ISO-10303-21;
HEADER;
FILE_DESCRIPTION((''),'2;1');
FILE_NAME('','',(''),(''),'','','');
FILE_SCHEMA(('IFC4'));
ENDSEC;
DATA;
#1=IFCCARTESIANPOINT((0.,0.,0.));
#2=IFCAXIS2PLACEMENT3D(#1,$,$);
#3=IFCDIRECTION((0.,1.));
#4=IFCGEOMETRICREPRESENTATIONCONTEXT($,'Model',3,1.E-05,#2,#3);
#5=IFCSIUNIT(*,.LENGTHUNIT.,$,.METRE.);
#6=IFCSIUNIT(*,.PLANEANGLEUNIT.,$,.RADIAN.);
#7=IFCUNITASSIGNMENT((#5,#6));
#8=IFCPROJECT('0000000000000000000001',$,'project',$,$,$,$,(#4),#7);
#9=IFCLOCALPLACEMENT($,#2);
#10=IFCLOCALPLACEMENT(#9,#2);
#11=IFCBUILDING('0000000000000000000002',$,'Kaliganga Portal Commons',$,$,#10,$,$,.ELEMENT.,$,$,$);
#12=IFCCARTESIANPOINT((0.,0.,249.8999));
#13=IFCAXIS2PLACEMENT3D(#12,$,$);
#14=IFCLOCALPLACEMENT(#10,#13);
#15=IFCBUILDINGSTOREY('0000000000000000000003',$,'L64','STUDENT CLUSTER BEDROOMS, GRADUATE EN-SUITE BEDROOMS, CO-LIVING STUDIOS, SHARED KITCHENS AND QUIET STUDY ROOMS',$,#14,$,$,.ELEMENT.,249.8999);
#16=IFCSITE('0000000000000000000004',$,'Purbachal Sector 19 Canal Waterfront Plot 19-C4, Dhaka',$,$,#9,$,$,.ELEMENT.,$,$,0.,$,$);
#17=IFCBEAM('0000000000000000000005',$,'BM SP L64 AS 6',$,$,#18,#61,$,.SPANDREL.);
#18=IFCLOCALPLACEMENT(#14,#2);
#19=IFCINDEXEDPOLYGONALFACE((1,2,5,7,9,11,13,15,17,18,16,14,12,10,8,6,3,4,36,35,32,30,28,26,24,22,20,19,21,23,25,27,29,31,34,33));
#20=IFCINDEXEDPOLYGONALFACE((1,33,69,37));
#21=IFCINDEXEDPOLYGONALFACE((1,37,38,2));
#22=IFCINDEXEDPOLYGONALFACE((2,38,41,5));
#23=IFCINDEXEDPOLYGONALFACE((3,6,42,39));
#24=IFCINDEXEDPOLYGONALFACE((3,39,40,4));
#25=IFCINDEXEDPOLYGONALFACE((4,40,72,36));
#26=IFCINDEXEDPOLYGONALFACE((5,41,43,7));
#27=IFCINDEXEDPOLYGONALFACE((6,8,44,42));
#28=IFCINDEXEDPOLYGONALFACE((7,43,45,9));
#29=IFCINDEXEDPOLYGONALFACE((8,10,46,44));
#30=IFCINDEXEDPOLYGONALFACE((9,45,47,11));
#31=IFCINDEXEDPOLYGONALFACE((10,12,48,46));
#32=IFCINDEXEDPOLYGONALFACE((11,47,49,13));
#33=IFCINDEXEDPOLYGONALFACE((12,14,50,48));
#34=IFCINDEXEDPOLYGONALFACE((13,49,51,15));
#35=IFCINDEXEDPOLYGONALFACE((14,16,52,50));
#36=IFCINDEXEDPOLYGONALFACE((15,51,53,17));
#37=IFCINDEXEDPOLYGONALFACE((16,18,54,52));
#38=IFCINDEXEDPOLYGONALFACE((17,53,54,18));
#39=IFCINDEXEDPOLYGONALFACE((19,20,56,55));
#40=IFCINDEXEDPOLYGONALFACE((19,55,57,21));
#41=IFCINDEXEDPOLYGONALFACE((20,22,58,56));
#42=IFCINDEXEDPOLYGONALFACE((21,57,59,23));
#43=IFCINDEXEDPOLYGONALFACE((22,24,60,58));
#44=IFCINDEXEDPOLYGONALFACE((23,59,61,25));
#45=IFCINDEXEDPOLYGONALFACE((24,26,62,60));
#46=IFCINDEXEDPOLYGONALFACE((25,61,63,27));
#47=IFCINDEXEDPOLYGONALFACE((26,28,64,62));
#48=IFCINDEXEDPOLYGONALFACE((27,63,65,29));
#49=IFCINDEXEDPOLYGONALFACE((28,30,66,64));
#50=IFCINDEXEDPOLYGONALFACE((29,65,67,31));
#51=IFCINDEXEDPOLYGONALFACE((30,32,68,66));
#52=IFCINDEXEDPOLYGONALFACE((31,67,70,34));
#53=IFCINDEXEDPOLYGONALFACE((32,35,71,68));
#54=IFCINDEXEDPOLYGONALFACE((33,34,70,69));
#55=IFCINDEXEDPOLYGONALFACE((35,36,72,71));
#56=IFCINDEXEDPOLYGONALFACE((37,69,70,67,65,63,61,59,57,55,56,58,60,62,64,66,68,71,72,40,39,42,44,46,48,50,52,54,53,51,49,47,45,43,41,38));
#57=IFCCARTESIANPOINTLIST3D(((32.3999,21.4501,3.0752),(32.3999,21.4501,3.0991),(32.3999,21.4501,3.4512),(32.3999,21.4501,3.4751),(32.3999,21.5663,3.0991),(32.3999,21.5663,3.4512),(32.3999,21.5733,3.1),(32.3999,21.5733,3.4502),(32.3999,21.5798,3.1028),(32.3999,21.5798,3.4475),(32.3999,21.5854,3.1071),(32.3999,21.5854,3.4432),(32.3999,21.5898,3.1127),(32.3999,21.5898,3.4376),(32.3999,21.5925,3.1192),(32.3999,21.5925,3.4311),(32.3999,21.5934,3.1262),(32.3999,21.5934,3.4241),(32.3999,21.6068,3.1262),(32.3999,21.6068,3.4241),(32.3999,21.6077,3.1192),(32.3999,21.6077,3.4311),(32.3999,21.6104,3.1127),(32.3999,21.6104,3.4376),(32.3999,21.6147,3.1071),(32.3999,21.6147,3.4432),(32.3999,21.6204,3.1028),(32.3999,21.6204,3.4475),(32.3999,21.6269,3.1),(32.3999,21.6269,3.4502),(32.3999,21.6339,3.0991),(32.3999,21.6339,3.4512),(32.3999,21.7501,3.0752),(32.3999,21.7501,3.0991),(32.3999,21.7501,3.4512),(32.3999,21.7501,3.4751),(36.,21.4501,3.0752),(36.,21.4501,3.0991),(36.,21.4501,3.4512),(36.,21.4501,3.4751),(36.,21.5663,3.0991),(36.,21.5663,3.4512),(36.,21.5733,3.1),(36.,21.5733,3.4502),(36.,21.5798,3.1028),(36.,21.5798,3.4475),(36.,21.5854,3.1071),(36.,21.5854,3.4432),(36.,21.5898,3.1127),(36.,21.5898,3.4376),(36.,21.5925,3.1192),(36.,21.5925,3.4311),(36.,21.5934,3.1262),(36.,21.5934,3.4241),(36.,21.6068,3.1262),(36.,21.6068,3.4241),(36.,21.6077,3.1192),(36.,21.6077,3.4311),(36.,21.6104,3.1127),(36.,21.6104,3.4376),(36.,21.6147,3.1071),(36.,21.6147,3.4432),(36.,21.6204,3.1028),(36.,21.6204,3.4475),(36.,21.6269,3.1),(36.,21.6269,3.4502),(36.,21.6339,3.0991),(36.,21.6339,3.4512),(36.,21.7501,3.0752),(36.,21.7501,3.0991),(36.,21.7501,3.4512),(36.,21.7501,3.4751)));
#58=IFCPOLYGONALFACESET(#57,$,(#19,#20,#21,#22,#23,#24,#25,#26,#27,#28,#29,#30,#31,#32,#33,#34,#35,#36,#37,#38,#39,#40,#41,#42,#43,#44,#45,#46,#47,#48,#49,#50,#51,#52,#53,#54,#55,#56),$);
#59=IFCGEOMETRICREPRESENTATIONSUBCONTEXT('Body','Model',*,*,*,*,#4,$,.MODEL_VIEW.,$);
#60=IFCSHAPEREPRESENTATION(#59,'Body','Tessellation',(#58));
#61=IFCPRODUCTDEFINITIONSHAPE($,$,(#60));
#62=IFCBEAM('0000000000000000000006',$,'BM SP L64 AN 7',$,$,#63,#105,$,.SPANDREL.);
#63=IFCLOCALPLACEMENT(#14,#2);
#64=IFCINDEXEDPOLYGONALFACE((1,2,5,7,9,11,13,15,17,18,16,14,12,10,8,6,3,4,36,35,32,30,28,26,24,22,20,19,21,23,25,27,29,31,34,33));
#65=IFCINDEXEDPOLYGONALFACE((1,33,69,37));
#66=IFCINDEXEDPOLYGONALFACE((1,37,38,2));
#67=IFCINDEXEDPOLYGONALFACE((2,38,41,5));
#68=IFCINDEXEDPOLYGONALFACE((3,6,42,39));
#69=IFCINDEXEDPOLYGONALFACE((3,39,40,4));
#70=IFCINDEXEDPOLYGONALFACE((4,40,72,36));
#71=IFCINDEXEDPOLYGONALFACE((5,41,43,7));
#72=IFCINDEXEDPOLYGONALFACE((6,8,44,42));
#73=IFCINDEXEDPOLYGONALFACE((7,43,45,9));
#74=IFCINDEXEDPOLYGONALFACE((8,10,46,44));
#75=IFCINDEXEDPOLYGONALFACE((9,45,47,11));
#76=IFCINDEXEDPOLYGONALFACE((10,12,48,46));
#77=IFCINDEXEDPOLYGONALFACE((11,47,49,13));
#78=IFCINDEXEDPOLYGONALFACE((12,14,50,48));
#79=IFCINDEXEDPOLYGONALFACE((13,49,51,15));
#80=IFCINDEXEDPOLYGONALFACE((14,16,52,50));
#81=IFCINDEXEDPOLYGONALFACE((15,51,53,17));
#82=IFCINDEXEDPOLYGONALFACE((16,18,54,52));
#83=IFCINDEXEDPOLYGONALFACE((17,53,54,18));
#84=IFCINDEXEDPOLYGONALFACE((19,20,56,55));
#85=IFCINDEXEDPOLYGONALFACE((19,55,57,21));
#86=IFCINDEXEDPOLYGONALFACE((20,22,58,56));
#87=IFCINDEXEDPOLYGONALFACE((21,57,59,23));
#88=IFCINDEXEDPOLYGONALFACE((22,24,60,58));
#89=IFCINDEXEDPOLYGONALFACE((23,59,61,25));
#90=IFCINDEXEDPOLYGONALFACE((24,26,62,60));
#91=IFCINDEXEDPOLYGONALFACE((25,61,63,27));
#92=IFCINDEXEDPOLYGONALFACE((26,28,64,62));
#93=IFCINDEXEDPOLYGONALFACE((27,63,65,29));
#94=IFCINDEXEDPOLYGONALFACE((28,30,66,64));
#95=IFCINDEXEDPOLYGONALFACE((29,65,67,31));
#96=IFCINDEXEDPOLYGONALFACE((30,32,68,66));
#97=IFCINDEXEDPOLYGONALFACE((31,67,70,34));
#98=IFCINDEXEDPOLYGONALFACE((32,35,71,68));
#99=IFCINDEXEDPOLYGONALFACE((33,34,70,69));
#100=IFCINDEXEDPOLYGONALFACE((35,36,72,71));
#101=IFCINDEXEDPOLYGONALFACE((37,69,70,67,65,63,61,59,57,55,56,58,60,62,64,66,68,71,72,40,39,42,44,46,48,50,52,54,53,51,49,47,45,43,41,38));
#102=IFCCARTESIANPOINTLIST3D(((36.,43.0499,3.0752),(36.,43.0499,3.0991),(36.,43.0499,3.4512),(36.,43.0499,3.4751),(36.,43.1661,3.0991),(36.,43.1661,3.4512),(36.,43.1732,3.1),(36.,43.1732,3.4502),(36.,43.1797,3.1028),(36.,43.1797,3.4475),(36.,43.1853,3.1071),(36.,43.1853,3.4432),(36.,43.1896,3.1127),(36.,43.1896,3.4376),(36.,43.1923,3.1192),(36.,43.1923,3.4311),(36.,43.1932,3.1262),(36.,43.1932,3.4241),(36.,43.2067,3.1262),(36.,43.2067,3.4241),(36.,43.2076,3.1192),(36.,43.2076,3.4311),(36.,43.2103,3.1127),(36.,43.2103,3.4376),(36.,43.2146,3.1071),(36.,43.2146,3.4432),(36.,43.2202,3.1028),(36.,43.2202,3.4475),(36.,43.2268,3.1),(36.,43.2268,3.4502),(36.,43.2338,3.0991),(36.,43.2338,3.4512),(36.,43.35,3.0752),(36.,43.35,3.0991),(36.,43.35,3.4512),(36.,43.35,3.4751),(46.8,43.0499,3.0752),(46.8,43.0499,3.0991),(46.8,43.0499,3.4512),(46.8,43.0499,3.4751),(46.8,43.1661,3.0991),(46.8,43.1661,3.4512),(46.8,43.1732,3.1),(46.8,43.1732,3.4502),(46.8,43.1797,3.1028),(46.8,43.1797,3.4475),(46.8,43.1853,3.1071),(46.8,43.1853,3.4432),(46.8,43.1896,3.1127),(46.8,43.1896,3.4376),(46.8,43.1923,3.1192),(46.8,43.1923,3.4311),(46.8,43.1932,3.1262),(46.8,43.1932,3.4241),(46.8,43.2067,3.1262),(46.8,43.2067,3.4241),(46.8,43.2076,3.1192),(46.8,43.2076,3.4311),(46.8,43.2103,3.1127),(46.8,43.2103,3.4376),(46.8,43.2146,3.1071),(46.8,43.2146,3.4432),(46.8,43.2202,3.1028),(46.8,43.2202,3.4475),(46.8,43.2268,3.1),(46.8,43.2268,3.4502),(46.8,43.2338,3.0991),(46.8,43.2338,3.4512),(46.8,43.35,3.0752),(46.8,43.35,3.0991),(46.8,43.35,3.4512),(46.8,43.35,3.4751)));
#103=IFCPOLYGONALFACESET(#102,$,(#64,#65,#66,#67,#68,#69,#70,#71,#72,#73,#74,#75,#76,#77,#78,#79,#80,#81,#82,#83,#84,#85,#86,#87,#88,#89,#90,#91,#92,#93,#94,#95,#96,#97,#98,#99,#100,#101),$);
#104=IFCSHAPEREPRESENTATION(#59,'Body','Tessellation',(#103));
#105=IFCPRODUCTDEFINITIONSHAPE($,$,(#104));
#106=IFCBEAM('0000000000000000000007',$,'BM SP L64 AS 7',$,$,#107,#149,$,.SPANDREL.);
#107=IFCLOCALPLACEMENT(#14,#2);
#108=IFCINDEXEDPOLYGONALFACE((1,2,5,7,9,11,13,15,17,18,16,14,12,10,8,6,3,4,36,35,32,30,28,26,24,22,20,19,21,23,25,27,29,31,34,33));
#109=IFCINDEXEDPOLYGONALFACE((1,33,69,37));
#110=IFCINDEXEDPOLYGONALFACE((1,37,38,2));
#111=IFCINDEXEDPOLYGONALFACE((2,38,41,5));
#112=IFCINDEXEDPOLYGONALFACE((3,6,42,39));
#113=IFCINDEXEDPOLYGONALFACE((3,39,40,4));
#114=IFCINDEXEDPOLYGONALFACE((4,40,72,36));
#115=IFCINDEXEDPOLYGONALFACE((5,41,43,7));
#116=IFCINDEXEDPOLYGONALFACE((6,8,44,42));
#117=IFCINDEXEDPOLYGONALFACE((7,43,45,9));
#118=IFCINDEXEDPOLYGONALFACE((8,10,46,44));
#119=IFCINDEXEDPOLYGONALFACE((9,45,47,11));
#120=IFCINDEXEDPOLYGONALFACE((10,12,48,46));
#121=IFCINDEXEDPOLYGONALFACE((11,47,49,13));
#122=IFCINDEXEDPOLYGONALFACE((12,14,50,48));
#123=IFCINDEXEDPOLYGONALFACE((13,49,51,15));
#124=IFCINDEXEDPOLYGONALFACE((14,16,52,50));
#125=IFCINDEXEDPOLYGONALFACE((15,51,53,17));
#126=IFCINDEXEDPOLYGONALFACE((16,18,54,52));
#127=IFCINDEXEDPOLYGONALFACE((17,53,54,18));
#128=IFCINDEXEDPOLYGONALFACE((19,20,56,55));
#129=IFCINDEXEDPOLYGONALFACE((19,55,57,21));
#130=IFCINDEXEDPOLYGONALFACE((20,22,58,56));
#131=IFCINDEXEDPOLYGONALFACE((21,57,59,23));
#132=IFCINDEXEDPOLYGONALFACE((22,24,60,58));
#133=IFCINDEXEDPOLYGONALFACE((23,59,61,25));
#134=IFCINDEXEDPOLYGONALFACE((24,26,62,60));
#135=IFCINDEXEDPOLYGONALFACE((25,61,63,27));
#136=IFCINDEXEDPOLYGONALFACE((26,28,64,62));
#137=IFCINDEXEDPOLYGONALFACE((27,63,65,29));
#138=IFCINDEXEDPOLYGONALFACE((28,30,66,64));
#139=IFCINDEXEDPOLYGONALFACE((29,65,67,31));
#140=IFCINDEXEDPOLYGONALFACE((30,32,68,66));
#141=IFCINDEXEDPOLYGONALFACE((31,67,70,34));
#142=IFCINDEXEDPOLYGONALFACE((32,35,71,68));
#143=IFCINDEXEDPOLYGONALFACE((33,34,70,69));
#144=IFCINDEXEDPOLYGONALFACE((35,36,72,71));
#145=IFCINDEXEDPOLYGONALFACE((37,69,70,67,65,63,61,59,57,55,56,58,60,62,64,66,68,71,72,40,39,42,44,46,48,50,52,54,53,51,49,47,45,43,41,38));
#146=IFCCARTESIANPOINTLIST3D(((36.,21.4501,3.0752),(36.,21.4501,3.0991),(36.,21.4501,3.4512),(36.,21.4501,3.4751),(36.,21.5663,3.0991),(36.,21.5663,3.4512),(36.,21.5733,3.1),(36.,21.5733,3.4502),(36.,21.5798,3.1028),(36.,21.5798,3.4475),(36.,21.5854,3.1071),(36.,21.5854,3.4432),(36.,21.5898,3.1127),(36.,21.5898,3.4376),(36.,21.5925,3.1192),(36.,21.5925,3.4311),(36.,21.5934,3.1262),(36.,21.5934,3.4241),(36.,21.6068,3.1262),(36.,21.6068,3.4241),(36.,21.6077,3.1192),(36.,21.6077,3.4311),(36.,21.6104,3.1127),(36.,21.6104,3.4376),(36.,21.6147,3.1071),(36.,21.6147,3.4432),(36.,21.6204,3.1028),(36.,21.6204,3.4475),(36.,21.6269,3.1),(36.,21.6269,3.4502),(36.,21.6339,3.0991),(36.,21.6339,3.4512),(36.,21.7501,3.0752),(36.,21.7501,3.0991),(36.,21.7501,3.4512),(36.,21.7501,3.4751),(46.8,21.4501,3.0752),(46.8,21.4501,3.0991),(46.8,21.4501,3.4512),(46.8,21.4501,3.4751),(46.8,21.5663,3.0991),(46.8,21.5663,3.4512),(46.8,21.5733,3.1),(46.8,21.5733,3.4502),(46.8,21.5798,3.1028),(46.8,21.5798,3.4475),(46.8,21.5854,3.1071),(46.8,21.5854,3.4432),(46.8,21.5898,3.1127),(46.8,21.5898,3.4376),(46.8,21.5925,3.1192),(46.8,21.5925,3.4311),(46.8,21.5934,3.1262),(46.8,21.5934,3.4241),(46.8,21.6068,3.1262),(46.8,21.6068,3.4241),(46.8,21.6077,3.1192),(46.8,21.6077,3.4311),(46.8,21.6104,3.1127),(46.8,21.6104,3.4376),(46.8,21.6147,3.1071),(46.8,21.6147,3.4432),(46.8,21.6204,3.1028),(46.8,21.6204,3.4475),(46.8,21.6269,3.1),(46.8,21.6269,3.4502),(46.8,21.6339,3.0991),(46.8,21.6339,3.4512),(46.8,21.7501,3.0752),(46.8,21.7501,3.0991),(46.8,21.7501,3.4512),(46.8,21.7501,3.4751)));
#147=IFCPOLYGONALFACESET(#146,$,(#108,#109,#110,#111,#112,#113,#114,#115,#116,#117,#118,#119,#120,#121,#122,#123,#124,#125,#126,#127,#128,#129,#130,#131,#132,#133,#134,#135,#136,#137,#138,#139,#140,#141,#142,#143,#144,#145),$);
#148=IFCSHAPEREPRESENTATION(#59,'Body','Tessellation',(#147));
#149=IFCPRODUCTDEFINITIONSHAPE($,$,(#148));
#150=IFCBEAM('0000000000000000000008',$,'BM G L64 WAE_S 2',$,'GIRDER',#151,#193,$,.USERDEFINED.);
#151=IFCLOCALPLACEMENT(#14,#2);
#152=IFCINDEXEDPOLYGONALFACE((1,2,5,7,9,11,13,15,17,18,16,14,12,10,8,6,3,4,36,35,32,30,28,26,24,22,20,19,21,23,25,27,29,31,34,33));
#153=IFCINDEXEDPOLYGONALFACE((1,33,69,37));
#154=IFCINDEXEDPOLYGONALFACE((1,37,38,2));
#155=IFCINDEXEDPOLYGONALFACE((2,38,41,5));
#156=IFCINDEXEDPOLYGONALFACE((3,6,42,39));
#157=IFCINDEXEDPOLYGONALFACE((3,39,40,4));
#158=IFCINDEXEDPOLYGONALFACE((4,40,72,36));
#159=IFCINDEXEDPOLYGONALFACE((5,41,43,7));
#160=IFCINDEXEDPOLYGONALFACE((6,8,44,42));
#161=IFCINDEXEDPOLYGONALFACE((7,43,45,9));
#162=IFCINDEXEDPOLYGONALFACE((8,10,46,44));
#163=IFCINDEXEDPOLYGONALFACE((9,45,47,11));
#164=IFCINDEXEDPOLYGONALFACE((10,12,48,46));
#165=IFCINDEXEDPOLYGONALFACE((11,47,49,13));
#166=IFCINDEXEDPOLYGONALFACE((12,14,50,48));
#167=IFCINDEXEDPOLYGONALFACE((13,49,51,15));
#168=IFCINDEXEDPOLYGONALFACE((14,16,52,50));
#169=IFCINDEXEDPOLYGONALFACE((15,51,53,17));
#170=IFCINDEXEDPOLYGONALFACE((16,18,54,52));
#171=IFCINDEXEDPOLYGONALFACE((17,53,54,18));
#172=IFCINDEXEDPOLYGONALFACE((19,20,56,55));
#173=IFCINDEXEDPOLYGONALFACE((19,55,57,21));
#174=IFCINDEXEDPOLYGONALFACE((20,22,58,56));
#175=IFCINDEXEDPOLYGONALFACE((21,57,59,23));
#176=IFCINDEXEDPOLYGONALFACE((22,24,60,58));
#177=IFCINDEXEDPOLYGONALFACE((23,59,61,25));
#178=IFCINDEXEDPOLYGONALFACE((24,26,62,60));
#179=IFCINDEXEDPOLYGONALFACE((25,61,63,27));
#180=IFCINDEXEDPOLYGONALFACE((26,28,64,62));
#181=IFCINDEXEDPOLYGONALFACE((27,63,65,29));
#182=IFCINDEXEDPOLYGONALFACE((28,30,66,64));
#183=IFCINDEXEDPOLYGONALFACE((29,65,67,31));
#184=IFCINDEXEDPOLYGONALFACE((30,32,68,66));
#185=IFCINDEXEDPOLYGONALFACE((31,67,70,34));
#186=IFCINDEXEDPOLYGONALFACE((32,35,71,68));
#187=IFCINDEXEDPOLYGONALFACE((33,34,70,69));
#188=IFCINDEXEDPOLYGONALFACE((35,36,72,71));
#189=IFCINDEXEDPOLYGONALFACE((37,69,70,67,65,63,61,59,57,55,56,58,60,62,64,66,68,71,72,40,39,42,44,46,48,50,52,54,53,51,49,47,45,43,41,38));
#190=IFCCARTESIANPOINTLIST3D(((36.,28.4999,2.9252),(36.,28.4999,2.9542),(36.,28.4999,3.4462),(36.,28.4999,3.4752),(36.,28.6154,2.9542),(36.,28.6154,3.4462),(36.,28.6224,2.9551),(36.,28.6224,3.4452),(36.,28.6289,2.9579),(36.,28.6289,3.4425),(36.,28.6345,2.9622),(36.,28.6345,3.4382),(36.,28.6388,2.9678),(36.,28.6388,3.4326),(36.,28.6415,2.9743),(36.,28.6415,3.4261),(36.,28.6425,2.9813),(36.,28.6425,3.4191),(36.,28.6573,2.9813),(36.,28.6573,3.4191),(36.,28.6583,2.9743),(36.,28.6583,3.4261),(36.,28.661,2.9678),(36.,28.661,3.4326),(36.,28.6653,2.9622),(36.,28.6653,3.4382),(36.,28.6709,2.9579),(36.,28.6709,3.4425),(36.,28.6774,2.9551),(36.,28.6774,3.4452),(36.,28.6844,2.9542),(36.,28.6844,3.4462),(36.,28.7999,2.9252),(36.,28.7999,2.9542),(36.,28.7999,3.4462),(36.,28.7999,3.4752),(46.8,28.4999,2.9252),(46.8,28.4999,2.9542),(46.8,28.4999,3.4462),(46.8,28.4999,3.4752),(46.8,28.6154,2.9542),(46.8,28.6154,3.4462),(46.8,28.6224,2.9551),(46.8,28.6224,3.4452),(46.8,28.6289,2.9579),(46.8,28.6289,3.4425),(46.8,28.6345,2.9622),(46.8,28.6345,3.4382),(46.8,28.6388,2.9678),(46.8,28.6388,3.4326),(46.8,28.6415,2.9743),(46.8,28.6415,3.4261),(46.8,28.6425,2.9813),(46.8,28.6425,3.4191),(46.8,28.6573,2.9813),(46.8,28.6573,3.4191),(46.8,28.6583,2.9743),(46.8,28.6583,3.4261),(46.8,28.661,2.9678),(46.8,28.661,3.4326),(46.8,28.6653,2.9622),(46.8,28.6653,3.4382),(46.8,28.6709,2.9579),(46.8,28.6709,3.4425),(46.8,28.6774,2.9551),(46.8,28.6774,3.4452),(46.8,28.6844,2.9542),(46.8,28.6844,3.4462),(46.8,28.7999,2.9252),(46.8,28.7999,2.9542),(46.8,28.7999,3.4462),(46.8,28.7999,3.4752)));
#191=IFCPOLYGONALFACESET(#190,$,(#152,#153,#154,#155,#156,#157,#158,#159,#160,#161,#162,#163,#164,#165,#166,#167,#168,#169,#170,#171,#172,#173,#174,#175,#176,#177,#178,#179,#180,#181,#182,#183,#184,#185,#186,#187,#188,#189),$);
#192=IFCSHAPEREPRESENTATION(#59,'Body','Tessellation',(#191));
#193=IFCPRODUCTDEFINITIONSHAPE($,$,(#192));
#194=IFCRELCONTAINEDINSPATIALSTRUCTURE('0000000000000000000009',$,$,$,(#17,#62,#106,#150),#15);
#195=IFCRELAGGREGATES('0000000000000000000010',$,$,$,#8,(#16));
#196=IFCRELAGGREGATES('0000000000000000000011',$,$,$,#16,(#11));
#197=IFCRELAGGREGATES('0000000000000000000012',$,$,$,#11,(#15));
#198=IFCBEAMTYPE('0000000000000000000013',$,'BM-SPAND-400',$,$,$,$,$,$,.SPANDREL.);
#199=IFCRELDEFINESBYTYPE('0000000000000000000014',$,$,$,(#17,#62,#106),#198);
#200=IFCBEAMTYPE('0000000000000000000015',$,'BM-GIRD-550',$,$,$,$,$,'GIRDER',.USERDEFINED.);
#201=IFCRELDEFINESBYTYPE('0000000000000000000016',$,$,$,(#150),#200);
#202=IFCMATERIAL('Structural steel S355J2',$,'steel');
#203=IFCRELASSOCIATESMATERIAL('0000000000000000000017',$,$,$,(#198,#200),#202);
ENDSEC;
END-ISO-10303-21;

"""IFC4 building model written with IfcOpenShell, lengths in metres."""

from ifc_helpers import new_model, si_unit, direction, frame, origin, origin_2d, place, context, subcontext, project, spatial, i_section, extrude, source, transform, mapped, material, material_profile, profile_set, type_object, element, save


model = new_model("IFC4")

# Units and contexts
model_context = context("Model", 3, precision=1e-05, world=origin(), true_north=direction((0.0, 1.0)))
body_context = subcontext(model_context, "Body", "Model", "MODEL_VIEW")
ifc_project = project(units=[si_unit("LENGTHUNIT", "METRE"), si_unit("PLANEANGLEUNIT", "RADIAN")], contexts=[model_context])

# Site, building, storey
site_placement = place(None, origin())
site = spatial("IfcSite", under=ifc_project, at=site_placement, Name="Purbachal Sector 19 Canal Waterfront Plot 19-C4, Dhaka", CompositionType="ELEMENT", RefElevation=0.0)
building_placement = place(site_placement, origin())
building = spatial("IfcBuilding", under=site, at=building_placement, Name="Kaliganga Portal Commons", CompositionType="ELEMENT")
storey_placement = place(building_placement, frame((0.0, 0.0, 249.8999)))
storey = spatial("IfcBuildingStorey", under=building, at=storey_placement, Name="L64", Description="STUDENT CLUSTER BEDROOMS, GRADUATE EN-SUITE BEDROOMS, CO-LIVING STUDIOS, SHARED KITCHENS AND QUIET STUDY ROOMS", CompositionType="ELEMENT", Elevation=249.8999)

# Shared definitions
ifc_material_1 = material(Name="Structural steel S355J2", Category="steel")

# Beams
ifc_material_profile_1 = material_profile(ifc_material_1, i_section(OverallWidth=0.3, OverallDepth=0.3999, WebThickness=0.0134, FlangeThickness=0.0239, FilletRadius=0.0271, at=origin_2d()), Name="HE 400 B")
ifc_profile_set_1 = profile_set([ifc_material_profile_1], Name="Structural steel S355J2 wide-flange")
beam_type_1 = type_object("IfcBeamType", Name="BM-SPAND-400", PredefinedType="SPANDREL", material=ifc_profile_set_1)
shared_shape_1 = source(origin(), body_context, "Body", "SweptSolid", [
    extrude(i_section(OverallWidth=0.3, OverallDepth=0.3999, WebThickness=0.0134, FlangeThickness=0.0239, FilletRadius=0.0271, at=origin_2d()), origin(), (0.0, 0.0, 1.0), 3.6001),
])
for number, where, z_axis, x_axis, name in (
    (1, (32.3999, 21.6001, 3.2751), (1.0, 0.0, 0.0), (0.0, 1.0, 0.0), "BM SP L64 AS 6"),
):
    element("IfcBeam", number, at=place(storey_placement, frame(where, z_axis=z_axis, x_axis=x_axis)), inside=storey, type_object=beam_type_1, Name=name, PredefinedType="SPANDREL", context=body_context, shape_type="MappedRepresentation", body=[
        mapped(shared_shape_1, transform((0.0, 0.0, 0.0), x_axis=(1.0, 0.0, 0.0), y_axis=(0.0, 1.0, 0.0), z_axis=(0.0, 0.0, 1.0), scale=1.0)),
    ])
shared_shape_2 = source(origin(), body_context, "Body", "SweptSolid", [
    extrude(i_section(OverallWidth=0.3, OverallDepth=0.3999, WebThickness=0.0134, FlangeThickness=0.0239, FilletRadius=0.0271, at=origin_2d()), origin(), (0.0, 0.0, 1.0), 10.8),
])
for number, where, z_axis, x_axis, name in (
    (2, (36.0, 43.2, 3.2751), (1.0, 0.0, 0.0), (0.0, 1.0, 0.0), "BM SP L64 AN 7"),
    (3, (36.0, 21.6001, 3.2751), (1.0, 0.0, 0.0), (0.0, 1.0, 0.0), "BM SP L64 AS 7"),
):
    element("IfcBeam", number, at=place(storey_placement, frame(where, z_axis=z_axis, x_axis=x_axis)), inside=storey, type_object=beam_type_1, Name=name, PredefinedType="SPANDREL", context=body_context, shape_type="MappedRepresentation", body=[
        mapped(shared_shape_2, transform((0.0, 0.0, 0.0), x_axis=(1.0, 0.0, 0.0), y_axis=(0.0, 1.0, 0.0), z_axis=(0.0, 0.0, 1.0), scale=1.0)),
    ])
ifc_material_profile_2 = material_profile(ifc_material_1, i_section(OverallWidth=0.3, OverallDepth=0.55, WebThickness=0.0149, FlangeThickness=0.0291, FilletRadius=0.0271, at=origin_2d()), Name="HE 550 B")
ifc_profile_set_2 = profile_set([ifc_material_profile_2], Name="Structural steel S355J2 wide-flange")
beam_type_2 = type_object("IfcBeamType", Name="BM-GIRD-550", ElementType="GIRDER", PredefinedType="USERDEFINED", material=ifc_profile_set_2)
shared_shape_3 = source(origin(), body_context, "Body", "SweptSolid", [
    extrude(i_section(OverallWidth=0.3, OverallDepth=0.55, WebThickness=0.0149, FlangeThickness=0.0291, FilletRadius=0.0271, at=origin_2d()), origin(), (0.0, 0.0, 1.0), 10.8),
])
for number, where, z_axis, x_axis, name in (
    (4, (36.0, 28.6499, 3.2002), (1.0, 0.0, 0.0), (0.0, 1.0, 0.0), "BM G L64 WAE_S 2"),
):
    element("IfcBeam", number, at=place(storey_placement, frame(where, z_axis=z_axis, x_axis=x_axis)), inside=storey, type_object=beam_type_2, Name=name, ObjectType="GIRDER", PredefinedType="USERDEFINED", context=body_context, shape_type="MappedRepresentation", body=[
        mapped(shared_shape_3, transform((0.0, 0.0, 0.0), x_axis=(1.0, 0.0, 0.0), y_axis=(0.0, 1.0, 0.0), z_axis=(0.0, 0.0, 1.0), scale=1.0)),
    ])

save(model, "model.ifc")
